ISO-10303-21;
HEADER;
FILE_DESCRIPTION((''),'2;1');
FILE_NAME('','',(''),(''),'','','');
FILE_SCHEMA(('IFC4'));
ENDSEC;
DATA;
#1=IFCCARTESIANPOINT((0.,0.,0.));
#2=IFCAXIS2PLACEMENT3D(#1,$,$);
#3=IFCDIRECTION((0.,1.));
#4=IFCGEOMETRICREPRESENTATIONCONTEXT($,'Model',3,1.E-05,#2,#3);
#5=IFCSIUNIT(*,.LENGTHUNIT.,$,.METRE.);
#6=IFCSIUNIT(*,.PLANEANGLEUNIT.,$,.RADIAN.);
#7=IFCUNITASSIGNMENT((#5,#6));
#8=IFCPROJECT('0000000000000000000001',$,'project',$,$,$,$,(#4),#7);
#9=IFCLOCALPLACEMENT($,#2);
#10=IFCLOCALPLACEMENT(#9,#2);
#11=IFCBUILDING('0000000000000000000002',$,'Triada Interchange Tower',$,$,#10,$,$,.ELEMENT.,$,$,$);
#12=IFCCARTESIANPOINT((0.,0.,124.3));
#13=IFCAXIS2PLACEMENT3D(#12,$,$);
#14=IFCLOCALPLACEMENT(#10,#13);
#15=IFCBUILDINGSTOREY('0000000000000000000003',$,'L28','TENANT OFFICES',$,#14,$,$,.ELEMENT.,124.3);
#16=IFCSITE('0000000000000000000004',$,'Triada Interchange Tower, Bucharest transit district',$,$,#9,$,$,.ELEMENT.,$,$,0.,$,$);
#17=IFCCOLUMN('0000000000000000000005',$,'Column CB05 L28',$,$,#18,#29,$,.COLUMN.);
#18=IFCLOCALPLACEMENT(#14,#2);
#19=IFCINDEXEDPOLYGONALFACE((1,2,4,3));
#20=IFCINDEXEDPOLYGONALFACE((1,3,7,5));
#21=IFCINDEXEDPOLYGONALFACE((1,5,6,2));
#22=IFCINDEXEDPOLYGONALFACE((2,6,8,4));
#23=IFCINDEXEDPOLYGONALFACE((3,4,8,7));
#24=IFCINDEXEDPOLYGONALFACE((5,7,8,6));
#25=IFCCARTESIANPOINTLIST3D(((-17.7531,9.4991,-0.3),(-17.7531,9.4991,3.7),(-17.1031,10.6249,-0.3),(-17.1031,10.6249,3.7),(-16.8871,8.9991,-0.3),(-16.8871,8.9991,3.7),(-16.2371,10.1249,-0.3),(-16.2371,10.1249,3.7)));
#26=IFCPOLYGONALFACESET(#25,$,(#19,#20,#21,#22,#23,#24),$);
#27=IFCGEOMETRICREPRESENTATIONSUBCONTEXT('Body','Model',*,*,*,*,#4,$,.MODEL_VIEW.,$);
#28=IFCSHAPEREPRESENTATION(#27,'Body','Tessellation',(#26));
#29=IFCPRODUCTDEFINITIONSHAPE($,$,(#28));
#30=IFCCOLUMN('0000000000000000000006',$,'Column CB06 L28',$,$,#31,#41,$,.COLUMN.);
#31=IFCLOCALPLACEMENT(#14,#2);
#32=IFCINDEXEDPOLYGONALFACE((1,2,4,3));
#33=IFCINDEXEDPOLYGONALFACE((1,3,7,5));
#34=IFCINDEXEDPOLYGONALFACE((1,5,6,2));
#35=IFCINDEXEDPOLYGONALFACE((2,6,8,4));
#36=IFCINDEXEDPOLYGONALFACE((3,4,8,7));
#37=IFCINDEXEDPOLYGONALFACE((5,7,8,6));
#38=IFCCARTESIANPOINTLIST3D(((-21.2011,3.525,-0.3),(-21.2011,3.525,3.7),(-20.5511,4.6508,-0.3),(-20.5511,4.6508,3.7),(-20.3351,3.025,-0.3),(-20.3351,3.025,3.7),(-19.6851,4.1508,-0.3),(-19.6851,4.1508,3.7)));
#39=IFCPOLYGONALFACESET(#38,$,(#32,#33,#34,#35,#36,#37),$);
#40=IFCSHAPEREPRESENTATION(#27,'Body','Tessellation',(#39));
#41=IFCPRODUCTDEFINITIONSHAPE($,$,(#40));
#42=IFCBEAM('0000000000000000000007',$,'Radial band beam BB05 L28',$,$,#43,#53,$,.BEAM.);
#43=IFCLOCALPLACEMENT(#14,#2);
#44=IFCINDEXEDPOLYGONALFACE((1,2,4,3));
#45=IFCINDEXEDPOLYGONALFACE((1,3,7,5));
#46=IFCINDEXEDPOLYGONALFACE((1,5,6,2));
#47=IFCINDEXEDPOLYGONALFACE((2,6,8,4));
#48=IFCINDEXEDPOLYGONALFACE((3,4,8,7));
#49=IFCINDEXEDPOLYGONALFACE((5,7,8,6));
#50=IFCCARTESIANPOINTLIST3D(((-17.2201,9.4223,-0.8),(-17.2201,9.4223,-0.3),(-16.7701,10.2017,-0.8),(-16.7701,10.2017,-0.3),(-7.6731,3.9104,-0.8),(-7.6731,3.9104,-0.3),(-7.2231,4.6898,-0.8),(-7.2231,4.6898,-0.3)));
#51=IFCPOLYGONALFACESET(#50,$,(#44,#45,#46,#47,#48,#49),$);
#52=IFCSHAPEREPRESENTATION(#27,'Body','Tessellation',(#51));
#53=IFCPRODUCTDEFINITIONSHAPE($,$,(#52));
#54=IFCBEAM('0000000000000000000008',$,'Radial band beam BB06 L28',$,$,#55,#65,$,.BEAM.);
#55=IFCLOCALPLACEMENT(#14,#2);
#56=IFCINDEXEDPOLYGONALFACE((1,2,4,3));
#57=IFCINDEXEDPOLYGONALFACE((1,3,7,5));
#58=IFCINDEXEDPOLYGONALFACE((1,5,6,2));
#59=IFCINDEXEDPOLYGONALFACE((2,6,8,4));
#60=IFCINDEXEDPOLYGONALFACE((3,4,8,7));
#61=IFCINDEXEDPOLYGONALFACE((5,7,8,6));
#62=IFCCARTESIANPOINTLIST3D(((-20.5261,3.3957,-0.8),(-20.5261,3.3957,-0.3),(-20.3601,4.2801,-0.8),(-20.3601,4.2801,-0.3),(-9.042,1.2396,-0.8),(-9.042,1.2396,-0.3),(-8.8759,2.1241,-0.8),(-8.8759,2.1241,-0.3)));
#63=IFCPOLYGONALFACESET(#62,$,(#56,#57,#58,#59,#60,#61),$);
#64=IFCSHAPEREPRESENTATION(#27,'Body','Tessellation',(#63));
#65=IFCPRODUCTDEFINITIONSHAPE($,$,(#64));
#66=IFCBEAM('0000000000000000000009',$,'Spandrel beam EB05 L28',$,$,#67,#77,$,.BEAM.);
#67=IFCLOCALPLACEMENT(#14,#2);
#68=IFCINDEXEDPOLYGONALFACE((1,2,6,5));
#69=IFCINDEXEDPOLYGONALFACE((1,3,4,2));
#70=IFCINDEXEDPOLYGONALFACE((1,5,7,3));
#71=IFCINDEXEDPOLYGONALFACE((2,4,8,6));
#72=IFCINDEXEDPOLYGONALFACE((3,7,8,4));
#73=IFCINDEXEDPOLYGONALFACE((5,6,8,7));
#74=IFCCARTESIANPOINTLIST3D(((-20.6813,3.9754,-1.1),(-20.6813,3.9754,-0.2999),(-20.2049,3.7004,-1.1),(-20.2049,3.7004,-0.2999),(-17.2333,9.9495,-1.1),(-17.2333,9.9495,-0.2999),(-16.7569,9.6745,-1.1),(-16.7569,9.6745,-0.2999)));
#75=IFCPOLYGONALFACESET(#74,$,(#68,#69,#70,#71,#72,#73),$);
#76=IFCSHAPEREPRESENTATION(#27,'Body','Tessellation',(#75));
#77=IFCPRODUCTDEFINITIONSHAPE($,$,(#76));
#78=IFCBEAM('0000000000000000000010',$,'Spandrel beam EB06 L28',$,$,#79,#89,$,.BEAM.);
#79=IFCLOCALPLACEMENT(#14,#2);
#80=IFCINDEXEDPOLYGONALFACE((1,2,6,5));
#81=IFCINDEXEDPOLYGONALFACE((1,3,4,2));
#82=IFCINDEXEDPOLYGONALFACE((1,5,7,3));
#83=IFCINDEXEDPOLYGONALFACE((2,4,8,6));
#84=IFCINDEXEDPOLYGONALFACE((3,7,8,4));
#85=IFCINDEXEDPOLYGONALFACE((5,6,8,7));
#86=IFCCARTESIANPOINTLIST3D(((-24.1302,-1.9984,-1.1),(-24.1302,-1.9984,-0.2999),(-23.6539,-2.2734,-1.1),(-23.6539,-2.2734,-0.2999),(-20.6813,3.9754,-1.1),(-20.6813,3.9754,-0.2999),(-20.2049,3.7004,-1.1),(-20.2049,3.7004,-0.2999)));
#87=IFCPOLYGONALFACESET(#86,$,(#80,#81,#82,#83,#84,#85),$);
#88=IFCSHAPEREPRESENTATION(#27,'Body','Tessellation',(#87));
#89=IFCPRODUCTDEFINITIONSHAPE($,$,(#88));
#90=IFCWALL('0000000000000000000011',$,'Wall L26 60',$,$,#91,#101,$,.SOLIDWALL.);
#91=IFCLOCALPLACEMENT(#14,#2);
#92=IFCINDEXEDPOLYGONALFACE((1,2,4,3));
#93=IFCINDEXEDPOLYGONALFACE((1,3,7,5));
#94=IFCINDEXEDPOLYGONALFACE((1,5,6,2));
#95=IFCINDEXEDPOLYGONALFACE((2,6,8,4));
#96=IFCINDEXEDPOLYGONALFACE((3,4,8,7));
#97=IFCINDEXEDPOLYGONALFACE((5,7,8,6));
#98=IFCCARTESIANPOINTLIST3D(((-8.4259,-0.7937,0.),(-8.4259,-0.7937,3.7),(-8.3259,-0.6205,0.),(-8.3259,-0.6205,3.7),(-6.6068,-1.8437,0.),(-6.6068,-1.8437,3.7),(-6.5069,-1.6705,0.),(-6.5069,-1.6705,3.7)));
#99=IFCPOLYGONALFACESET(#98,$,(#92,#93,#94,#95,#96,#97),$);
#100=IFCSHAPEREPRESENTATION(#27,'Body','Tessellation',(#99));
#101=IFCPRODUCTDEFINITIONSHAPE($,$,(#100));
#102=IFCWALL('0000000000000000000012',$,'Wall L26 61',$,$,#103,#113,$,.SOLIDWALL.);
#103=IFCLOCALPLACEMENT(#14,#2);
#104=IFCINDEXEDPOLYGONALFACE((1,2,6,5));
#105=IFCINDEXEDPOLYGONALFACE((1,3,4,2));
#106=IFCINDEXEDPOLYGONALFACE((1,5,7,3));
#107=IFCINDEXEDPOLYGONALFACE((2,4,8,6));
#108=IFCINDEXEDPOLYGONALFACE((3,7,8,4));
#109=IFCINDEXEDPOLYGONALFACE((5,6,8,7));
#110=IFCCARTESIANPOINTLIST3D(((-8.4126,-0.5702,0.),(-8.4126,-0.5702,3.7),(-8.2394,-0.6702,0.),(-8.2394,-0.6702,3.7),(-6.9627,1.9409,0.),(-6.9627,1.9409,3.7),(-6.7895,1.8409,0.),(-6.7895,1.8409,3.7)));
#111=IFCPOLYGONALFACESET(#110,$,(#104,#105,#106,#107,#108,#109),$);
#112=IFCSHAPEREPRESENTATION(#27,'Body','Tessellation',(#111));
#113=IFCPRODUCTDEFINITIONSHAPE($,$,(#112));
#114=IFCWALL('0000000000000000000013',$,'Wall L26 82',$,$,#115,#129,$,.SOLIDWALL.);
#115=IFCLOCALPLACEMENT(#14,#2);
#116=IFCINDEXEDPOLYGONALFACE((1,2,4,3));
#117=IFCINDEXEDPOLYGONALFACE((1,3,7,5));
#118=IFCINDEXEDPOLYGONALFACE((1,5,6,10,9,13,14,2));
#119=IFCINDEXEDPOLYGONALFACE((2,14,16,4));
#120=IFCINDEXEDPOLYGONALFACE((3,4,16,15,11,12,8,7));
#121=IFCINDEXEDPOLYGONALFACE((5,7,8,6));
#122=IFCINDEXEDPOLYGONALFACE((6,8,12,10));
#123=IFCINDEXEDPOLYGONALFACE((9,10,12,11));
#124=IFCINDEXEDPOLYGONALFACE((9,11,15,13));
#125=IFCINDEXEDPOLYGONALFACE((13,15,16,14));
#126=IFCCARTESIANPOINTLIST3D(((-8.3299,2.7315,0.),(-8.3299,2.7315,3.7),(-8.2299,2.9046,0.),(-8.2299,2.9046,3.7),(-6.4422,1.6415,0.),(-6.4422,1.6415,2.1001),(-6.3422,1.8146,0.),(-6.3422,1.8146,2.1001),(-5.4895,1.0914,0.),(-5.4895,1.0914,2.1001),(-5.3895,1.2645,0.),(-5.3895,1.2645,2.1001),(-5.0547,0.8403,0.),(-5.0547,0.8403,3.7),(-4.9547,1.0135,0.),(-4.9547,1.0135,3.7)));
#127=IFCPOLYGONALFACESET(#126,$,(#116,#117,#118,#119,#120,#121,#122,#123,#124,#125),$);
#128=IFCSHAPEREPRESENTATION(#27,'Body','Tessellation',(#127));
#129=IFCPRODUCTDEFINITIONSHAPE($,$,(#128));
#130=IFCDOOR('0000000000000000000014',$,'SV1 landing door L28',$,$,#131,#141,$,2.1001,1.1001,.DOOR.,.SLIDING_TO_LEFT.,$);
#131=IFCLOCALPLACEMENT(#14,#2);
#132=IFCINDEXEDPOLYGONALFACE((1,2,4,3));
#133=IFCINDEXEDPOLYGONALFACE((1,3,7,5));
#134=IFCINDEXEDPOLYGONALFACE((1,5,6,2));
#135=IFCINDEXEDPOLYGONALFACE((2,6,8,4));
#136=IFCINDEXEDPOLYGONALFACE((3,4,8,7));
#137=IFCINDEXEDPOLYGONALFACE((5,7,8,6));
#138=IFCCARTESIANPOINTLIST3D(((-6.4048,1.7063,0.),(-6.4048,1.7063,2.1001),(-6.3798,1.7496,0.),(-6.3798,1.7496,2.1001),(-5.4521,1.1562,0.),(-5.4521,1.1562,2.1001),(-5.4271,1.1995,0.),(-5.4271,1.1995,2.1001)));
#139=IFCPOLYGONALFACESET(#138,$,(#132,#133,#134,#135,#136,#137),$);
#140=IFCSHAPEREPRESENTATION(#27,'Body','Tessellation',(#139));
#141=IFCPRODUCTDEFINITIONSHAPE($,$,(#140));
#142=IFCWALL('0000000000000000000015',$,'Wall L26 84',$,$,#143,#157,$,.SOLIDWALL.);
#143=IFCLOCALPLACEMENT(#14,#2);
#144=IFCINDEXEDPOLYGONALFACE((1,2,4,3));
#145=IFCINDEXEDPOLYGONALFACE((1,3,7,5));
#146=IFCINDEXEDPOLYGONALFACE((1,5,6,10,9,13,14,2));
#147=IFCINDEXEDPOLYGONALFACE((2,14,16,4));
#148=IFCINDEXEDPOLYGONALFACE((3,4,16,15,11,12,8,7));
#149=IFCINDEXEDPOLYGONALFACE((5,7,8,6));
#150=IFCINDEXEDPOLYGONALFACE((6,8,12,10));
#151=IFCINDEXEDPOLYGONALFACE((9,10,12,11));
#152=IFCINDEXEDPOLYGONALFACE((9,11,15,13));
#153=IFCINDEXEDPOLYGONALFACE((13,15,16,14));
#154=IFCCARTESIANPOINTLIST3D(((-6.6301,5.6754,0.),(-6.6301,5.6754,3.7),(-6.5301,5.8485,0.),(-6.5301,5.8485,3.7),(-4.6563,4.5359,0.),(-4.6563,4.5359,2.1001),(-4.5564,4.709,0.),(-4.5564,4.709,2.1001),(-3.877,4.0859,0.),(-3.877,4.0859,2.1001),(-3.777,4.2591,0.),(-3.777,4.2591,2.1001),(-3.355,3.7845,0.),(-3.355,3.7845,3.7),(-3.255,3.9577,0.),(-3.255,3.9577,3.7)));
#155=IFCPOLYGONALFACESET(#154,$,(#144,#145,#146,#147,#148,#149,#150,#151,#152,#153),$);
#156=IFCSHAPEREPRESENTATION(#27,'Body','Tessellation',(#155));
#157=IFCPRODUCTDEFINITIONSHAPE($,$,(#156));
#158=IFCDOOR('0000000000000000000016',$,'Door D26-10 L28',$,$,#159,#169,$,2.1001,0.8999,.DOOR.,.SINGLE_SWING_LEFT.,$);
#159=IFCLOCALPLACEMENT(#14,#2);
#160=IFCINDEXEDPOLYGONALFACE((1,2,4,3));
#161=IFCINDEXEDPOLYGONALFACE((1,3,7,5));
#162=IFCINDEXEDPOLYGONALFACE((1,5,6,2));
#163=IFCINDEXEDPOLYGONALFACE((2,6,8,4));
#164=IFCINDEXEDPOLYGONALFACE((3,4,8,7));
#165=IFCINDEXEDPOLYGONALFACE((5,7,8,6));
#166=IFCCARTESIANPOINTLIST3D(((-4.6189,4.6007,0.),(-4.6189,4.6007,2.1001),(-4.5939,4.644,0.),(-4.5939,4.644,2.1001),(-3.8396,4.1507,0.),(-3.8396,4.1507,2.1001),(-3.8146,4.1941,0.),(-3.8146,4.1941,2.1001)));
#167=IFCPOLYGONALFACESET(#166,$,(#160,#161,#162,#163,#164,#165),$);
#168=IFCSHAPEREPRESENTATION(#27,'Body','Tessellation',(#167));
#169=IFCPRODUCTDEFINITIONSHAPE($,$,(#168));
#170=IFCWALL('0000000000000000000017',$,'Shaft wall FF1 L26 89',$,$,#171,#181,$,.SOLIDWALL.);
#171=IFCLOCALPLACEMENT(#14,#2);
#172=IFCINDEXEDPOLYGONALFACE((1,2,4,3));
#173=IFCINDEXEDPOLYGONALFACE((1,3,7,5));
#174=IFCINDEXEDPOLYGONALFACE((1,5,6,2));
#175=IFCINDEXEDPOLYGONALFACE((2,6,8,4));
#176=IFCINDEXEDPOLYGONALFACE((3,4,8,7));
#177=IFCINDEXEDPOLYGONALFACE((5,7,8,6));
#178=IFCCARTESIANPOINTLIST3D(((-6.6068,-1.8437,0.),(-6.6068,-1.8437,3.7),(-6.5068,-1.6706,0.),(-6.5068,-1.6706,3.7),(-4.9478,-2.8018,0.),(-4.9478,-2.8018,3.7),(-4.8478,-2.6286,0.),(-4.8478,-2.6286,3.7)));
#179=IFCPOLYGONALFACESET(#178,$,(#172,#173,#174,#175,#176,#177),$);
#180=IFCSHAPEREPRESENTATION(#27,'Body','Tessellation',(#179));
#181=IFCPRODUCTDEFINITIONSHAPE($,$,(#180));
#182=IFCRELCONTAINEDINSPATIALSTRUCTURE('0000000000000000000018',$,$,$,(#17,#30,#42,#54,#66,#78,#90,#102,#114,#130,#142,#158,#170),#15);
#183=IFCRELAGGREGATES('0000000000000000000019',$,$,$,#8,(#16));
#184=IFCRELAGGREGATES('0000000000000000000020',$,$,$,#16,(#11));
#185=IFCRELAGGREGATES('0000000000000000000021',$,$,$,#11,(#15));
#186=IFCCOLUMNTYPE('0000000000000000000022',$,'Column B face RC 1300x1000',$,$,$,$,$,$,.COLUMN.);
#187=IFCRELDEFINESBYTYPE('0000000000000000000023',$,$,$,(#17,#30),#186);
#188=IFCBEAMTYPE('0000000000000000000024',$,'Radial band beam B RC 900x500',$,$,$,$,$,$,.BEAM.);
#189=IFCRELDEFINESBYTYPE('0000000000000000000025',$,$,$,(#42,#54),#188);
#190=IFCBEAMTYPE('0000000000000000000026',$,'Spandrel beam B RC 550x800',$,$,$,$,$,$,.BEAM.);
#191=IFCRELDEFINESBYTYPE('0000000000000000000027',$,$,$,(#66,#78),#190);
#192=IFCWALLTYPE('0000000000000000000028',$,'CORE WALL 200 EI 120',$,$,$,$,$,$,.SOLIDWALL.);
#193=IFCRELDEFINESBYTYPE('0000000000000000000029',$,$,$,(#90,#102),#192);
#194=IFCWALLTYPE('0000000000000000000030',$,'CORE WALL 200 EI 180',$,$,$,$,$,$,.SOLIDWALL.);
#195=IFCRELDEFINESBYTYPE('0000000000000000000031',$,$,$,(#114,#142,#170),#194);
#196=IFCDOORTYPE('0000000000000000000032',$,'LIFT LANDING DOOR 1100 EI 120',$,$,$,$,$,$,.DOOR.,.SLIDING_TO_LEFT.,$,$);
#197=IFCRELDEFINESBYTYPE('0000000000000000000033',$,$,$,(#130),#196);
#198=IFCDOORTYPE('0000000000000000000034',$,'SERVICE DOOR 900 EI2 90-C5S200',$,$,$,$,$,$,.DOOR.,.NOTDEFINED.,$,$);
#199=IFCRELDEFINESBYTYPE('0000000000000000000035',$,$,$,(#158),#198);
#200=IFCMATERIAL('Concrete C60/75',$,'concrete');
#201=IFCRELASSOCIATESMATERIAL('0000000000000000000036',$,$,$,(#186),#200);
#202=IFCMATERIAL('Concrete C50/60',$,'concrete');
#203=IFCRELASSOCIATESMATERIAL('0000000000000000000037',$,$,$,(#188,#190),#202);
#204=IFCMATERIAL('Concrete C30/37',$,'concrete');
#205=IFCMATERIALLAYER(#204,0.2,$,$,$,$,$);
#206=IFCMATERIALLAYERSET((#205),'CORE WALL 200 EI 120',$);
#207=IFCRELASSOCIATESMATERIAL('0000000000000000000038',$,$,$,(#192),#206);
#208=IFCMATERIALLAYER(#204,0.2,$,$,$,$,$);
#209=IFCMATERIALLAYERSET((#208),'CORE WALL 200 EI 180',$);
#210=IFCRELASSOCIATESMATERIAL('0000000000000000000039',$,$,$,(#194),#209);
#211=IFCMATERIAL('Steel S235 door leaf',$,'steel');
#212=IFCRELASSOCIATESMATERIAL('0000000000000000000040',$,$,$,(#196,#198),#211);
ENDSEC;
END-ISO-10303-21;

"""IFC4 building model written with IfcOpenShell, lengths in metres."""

from ifc_helpers import new_model, si_unit, direction, frame, frame_2d, origin, origin_2d, place, context, subcontext, project, spatial, rectangle, extrude, material, layer, layer_set, material_profile, profile_set, type_object, element, fill, save


model = new_model("IFC4")

# Units and contexts
model_context = context("Model", 3, precision=1e-05, world=origin(), true_north=direction((0.0, 1.0)))
body_context = subcontext(model_context, "Body", "Model", "MODEL_VIEW")
ifc_project = project(units=[si_unit("LENGTHUNIT", "METRE"), si_unit("PLANEANGLEUNIT", "RADIAN")], contexts=[model_context])

# Site, building, storey
site_placement = place(None, origin())
site = spatial("IfcSite", under=ifc_project, at=site_placement, Name="Triada Interchange Tower, Bucharest transit district", CompositionType="ELEMENT", RefElevation=0.0)
building_placement = place(site_placement, origin())
building = spatial("IfcBuilding", under=site, at=building_placement, Name="Triada Interchange Tower", CompositionType="ELEMENT")
storey_placement = place(building_placement, frame((0.0, 0.0, 124.3)))
storey = spatial("IfcBuildingStorey", under=building, at=storey_placement, Name="L28", Description="TENANT OFFICES", CompositionType="ELEMENT", Elevation=124.3)

# Columns
ifc_material_1 = material(Name="Concrete C60/75", Category="concrete")
ifc_material_profile_1 = material_profile(ifc_material_1, rectangle(XDim=1.3, YDim=1.0, at=origin_2d()), Name="RC 1300x1000")
ifc_profile_set_1 = profile_set([ifc_material_profile_1], Name="Concrete C60/75")
column_type = type_object("IfcColumnType", Name="Column B face RC 1300x1000", PredefinedType="COLUMN", material=ifc_profile_set_1)
for number, where, z_axis, x_axis, name in (
    (1, (-16.9951, 9.812, -0.3), (0.0, 0.0, 1.0), (0.5, 0.866025, 0.0), "Column CB05 L28"),
    (2, (-20.4431, 3.8379, -0.3), (0.0, 0.0, 1.0), (0.5, 0.866025, 0.0), "Column CB06 L28"),
):
    element("IfcColumn", number, at=place(storey_placement, frame(where, z_axis=z_axis, x_axis=x_axis)), inside=storey, type_object=column_type, Name=name, PredefinedType="COLUMN", context=body_context, shape_type="SweptSolid", body=[
        extrude(rectangle(XDim=1.3, YDim=1.0, at=origin_2d()), origin(), (0.0, 0.0, 1.0), 4.0),
    ])

# Beams
ifc_material_2 = material(Name="Concrete C50/60", Category="concrete")
ifc_material_profile_2 = material_profile(ifc_material_2, rectangle(XDim=0.8999, YDim=0.5, at=origin_2d()), Name="RC 900x500")
ifc_profile_set_2 = profile_set([ifc_material_profile_2], Name="Concrete C50/60")
beam_type_1 = type_object("IfcBeamType", Name="Radial band beam B RC 900x500", PredefinedType="BEAM", material=ifc_profile_set_2)
beam_1_placement = place(storey_placement, frame((-16.9951, 9.812, -0.55), z_axis=(0.866028, -0.499995, 0.0), x_axis=(0.499995, 0.866028, 0.0)))
element("IfcBeam", 3, at=beam_1_placement, inside=storey, type_object=beam_type_1, Name="Radial band beam BB05 L28", PredefinedType="BEAM", context=body_context, shape_type="SweptSolid", body=[
    extrude(rectangle(XDim=0.8999, YDim=0.5, at=origin_2d()), origin(), (0.0, 0.0, 1.0), 11.0239),
])
beam_2_placement = place(storey_placement, frame((-20.4431, 3.8379, -0.55), z_axis=(0.98283, -0.184514, 0.0), x_axis=(0.184514, 0.98283, 0.0)))
element("IfcBeam", 4, at=beam_2_placement, inside=storey, type_object=beam_type_1, Name="Radial band beam BB06 L28", PredefinedType="BEAM", context=body_context, shape_type="SweptSolid", body=[
    extrude(rectangle(XDim=0.8999, YDim=0.5, at=origin_2d()), origin(), (0.0, 0.0, 1.0), 11.6848),
])
ifc_material_profile_3 = material_profile(ifc_material_2, rectangle(XDim=0.55, YDim=0.8, at=origin_2d()), Name="RC 550x800")
ifc_profile_set_3 = profile_set([ifc_material_profile_3], Name="Concrete C50/60")
beam_type_2 = type_object("IfcBeamType", Name="Spandrel beam B RC 550x800", PredefinedType="BEAM", material=ifc_profile_set_3)
beam_3_placement = place(storey_placement, frame((-16.9951, 9.812, -0.7), z_axis=(-0.499874, -0.866098, 0.0), x_axis=(0.866098, -0.499874, 0.0)))
element("IfcBeam", 5, at=beam_3_placement, inside=storey, type_object=beam_type_2, Name="Spandrel beam EB05 L28", PredefinedType="BEAM", context=body_context, shape_type="SweptSolid", body=[
    extrude(rectangle(XDim=0.55, YDim=0.8, at=origin_2d()), origin(), (0.0, 0.0, 1.0), 6.8977),
])
beam_4_placement = place(storey_placement, frame((-20.4431, 3.8379, -0.7), z_axis=(-0.499995, -0.866028, 0.0), x_axis=(0.866028, -0.499995, 0.0)))
element("IfcBeam", 6, at=beam_4_placement, inside=storey, type_object=beam_type_2, Name="Spandrel beam EB06 L28", PredefinedType="BEAM", context=body_context, shape_type="SweptSolid", body=[
    extrude(rectangle(XDim=0.55, YDim=0.8, at=origin_2d()), origin(), (0.0, 0.0, 1.0), 6.8979),
])

# Walls
ifc_material_3 = material(Name="Concrete C30/37", Category="concrete")
ifc_layer_1 = layer(ifc_material_3, 0.2)
ifc_layer_set_1 = layer_set([ifc_layer_1], Name="CORE WALL 200 EI 120")
wall_type_1 = type_object("IfcWallType", Name="CORE WALL 200 EI 120", PredefinedType="SOLIDWALL", material=ifc_layer_set_1)
wall_1_placement = place(storey_placement, frame((-8.376, -0.707, 0.0), z_axis=(0.0, 0.0, 1.0), x_axis=(0.866068, -0.499927, 0.0)))
element("IfcWall", 7, at=wall_1_placement, inside=storey, type_object=wall_type_1, Name="Wall L26 60", PredefinedType="SOLIDWALL", context=body_context, shape_type="SweptSolid", body=[
    extrude(rectangle(XDim=2.1003, YDim=0.2, at=frame_2d((1.0503, 0.0))), origin(), (0.0, 0.0, 1.0), 3.7),
])
wall_2_placement = place(storey_placement, frame((-8.3259, -0.6201, 0.0), z_axis=(0.0, 0.0, 1.0), x_axis=(0.500024, 0.866012, 0.0)))
element("IfcWall", 8, at=wall_2_placement, inside=storey, type_object=wall_type_1, Name="Wall L26 61", PredefinedType="SOLIDWALL", context=body_context, shape_type="SweptSolid", body=[
    extrude(rectangle(XDim=2.8997, YDim=0.2, at=frame_2d((1.4497, 0.0))), origin(), (0.0, 0.0, 1.0), 3.7),
])

# Walls, openings, doors
ifc_layer_2 = layer(ifc_material_3, 0.2)
ifc_layer_set_2 = layer_set([ifc_layer_2], Name="CORE WALL 200 EI 180")
wall_type_2 = type_object("IfcWallType", Name="CORE WALL 200 EI 180", PredefinedType="SOLIDWALL", material=ifc_layer_set_2)
wall_3_placement = place(storey_placement, frame((-8.28, 2.8181, 0.0), z_axis=(0.0, 0.0, 1.0), x_axis=(0.866002, -0.500041, 0.0)))
wall_3 = element("IfcWall", 9, at=wall_3_placement, inside=storey, type_object=wall_type_2, Name="Wall L26 82", PredefinedType="SOLIDWALL", context=body_context, shape_type="SweptSolid", body=[
    extrude(rectangle(XDim=3.782, YDim=0.2, at=frame_2d((1.8911, 0.0))), origin(), (0.0, 0.0, 1.0), 3.7),
])
opening_1_placement = place(wall_3_placement, frame((2.1799, 0.0, 0.0)))
opening_1 = element("IfcOpeningElement", 10, at=opening_1_placement, cuts=wall_3, PredefinedType="OPENING", context=body_context, shape_type="SweptSolid", body=[
    extrude(rectangle(XDim=1.1001, YDim=2.1001, at=frame_2d((0.55, 1.05))), frame((0.0, 0.1099, 0.0), z_axis=(0.0, -1.0, 0.0), x_axis=(1.0, 0.0, 0.0)), (0.0, 0.0, 1.0), 0.22),
])
ifc_material_4 = material(Name="Steel S235 door leaf", Category="steel")
door_type_1 = type_object("IfcDoorType", Name="LIFT LANDING DOOR 1100 EI 120", OperationType="SLIDING_TO_LEFT", PredefinedType="DOOR", material=ifc_material_4)
door_1_placement = place(opening_1_placement, origin())
door_1 = element("IfcDoor", 11, at=door_1_placement, inside=storey, type_object=door_type_1, Name="SV1 landing door L28", OperationType="SLIDING_TO_LEFT", OverallHeight=2.1001, OverallWidth=1.1001, PredefinedType="DOOR", context=body_context, shape_type="SweptSolid", body=[
    extrude(rectangle(XDim=1.1001, YDim=2.1001, at=frame_2d((0.55, 1.05))), frame((0.0, 0.0249, 0.0), z_axis=(0.0, -1.0, 0.0), x_axis=(1.0, 0.0, 0.0)), (0.0, 0.0, 1.0), 0.05),
])
fill(opening_1, door_1)
wall_4_placement = place(storey_placement, frame((-6.5801, 5.762, 0.0), z_axis=(0.0, 0.0, 1.0), x_axis=(0.86603, -0.499993, 0.0)))
wall_4 = element("IfcWall", 12, at=wall_4_placement, inside=storey, type_object=wall_type_2, Name="Wall L26 84", PredefinedType="SOLIDWALL", context=body_context, shape_type="SweptSolid", body=[
    extrude(rectangle(XDim=3.7817, YDim=0.2, at=frame_2d((1.8909, 0.0))), origin(), (0.0, 0.0, 1.0), 3.7),
])
opening_2_placement = place(wall_4_placement, frame((2.2791, 0.0, 0.0)))
opening_2 = element("IfcOpeningElement", 13, at=opening_2_placement, cuts=wall_4, PredefinedType="OPENING", context=body_context, shape_type="SweptSolid", body=[
    extrude(rectangle(XDim=0.8999, YDim=2.1001, at=frame_2d((0.45, 1.05))), frame((0.0, 0.1099, 0.0), z_axis=(0.0, -1.0, 0.0), x_axis=(1.0, 0.0, 0.0)), (0.0, 0.0, 1.0), 0.22),
])
door_type_2 = type_object("IfcDoorType", Name="SERVICE DOOR 900 EI2 90-C5S200", OperationType="NOTDEFINED", PredefinedType="DOOR", material=ifc_material_4)
door_2_placement = place(opening_2_placement, origin())
door_2 = element("IfcDoor", 14, at=door_2_placement, inside=storey, type_object=door_type_2, Name="Door D26-10 L28", OperationType="SINGLE_SWING_LEFT", OverallHeight=2.1001, OverallWidth=0.8999, PredefinedType="DOOR", context=body_context, shape_type="SweptSolid", body=[
    extrude(rectangle(XDim=0.8999, YDim=2.1001, at=frame_2d((0.45, 1.05))), frame((0.0, 0.0249, 0.0), z_axis=(0.0, -1.0, 0.0), x_axis=(1.0, 0.0, 0.0)), (0.0, 0.0, 1.0), 0.05),
])
fill(opening_2, door_2)

# Wall
wall_5_placement = place(storey_placement, frame((-6.5569, -1.7571, 0.0), z_axis=(0.0, 0.0, 1.0), x_axis=(0.865975, -0.500086, 0.0)))
element("IfcWall", 15, at=wall_5_placement, inside=storey, type_object=wall_type_2, Name="Shaft wall FF1 L26 89", PredefinedType="SOLIDWALL", context=body_context, shape_type="SweptSolid", body=[
    extrude(rectangle(XDim=1.9158, YDim=0.2, at=frame_2d((0.958, 0.0))), origin(), (0.0, 0.0, 1.0), 3.7),
])

save(model, "model.ifc")
